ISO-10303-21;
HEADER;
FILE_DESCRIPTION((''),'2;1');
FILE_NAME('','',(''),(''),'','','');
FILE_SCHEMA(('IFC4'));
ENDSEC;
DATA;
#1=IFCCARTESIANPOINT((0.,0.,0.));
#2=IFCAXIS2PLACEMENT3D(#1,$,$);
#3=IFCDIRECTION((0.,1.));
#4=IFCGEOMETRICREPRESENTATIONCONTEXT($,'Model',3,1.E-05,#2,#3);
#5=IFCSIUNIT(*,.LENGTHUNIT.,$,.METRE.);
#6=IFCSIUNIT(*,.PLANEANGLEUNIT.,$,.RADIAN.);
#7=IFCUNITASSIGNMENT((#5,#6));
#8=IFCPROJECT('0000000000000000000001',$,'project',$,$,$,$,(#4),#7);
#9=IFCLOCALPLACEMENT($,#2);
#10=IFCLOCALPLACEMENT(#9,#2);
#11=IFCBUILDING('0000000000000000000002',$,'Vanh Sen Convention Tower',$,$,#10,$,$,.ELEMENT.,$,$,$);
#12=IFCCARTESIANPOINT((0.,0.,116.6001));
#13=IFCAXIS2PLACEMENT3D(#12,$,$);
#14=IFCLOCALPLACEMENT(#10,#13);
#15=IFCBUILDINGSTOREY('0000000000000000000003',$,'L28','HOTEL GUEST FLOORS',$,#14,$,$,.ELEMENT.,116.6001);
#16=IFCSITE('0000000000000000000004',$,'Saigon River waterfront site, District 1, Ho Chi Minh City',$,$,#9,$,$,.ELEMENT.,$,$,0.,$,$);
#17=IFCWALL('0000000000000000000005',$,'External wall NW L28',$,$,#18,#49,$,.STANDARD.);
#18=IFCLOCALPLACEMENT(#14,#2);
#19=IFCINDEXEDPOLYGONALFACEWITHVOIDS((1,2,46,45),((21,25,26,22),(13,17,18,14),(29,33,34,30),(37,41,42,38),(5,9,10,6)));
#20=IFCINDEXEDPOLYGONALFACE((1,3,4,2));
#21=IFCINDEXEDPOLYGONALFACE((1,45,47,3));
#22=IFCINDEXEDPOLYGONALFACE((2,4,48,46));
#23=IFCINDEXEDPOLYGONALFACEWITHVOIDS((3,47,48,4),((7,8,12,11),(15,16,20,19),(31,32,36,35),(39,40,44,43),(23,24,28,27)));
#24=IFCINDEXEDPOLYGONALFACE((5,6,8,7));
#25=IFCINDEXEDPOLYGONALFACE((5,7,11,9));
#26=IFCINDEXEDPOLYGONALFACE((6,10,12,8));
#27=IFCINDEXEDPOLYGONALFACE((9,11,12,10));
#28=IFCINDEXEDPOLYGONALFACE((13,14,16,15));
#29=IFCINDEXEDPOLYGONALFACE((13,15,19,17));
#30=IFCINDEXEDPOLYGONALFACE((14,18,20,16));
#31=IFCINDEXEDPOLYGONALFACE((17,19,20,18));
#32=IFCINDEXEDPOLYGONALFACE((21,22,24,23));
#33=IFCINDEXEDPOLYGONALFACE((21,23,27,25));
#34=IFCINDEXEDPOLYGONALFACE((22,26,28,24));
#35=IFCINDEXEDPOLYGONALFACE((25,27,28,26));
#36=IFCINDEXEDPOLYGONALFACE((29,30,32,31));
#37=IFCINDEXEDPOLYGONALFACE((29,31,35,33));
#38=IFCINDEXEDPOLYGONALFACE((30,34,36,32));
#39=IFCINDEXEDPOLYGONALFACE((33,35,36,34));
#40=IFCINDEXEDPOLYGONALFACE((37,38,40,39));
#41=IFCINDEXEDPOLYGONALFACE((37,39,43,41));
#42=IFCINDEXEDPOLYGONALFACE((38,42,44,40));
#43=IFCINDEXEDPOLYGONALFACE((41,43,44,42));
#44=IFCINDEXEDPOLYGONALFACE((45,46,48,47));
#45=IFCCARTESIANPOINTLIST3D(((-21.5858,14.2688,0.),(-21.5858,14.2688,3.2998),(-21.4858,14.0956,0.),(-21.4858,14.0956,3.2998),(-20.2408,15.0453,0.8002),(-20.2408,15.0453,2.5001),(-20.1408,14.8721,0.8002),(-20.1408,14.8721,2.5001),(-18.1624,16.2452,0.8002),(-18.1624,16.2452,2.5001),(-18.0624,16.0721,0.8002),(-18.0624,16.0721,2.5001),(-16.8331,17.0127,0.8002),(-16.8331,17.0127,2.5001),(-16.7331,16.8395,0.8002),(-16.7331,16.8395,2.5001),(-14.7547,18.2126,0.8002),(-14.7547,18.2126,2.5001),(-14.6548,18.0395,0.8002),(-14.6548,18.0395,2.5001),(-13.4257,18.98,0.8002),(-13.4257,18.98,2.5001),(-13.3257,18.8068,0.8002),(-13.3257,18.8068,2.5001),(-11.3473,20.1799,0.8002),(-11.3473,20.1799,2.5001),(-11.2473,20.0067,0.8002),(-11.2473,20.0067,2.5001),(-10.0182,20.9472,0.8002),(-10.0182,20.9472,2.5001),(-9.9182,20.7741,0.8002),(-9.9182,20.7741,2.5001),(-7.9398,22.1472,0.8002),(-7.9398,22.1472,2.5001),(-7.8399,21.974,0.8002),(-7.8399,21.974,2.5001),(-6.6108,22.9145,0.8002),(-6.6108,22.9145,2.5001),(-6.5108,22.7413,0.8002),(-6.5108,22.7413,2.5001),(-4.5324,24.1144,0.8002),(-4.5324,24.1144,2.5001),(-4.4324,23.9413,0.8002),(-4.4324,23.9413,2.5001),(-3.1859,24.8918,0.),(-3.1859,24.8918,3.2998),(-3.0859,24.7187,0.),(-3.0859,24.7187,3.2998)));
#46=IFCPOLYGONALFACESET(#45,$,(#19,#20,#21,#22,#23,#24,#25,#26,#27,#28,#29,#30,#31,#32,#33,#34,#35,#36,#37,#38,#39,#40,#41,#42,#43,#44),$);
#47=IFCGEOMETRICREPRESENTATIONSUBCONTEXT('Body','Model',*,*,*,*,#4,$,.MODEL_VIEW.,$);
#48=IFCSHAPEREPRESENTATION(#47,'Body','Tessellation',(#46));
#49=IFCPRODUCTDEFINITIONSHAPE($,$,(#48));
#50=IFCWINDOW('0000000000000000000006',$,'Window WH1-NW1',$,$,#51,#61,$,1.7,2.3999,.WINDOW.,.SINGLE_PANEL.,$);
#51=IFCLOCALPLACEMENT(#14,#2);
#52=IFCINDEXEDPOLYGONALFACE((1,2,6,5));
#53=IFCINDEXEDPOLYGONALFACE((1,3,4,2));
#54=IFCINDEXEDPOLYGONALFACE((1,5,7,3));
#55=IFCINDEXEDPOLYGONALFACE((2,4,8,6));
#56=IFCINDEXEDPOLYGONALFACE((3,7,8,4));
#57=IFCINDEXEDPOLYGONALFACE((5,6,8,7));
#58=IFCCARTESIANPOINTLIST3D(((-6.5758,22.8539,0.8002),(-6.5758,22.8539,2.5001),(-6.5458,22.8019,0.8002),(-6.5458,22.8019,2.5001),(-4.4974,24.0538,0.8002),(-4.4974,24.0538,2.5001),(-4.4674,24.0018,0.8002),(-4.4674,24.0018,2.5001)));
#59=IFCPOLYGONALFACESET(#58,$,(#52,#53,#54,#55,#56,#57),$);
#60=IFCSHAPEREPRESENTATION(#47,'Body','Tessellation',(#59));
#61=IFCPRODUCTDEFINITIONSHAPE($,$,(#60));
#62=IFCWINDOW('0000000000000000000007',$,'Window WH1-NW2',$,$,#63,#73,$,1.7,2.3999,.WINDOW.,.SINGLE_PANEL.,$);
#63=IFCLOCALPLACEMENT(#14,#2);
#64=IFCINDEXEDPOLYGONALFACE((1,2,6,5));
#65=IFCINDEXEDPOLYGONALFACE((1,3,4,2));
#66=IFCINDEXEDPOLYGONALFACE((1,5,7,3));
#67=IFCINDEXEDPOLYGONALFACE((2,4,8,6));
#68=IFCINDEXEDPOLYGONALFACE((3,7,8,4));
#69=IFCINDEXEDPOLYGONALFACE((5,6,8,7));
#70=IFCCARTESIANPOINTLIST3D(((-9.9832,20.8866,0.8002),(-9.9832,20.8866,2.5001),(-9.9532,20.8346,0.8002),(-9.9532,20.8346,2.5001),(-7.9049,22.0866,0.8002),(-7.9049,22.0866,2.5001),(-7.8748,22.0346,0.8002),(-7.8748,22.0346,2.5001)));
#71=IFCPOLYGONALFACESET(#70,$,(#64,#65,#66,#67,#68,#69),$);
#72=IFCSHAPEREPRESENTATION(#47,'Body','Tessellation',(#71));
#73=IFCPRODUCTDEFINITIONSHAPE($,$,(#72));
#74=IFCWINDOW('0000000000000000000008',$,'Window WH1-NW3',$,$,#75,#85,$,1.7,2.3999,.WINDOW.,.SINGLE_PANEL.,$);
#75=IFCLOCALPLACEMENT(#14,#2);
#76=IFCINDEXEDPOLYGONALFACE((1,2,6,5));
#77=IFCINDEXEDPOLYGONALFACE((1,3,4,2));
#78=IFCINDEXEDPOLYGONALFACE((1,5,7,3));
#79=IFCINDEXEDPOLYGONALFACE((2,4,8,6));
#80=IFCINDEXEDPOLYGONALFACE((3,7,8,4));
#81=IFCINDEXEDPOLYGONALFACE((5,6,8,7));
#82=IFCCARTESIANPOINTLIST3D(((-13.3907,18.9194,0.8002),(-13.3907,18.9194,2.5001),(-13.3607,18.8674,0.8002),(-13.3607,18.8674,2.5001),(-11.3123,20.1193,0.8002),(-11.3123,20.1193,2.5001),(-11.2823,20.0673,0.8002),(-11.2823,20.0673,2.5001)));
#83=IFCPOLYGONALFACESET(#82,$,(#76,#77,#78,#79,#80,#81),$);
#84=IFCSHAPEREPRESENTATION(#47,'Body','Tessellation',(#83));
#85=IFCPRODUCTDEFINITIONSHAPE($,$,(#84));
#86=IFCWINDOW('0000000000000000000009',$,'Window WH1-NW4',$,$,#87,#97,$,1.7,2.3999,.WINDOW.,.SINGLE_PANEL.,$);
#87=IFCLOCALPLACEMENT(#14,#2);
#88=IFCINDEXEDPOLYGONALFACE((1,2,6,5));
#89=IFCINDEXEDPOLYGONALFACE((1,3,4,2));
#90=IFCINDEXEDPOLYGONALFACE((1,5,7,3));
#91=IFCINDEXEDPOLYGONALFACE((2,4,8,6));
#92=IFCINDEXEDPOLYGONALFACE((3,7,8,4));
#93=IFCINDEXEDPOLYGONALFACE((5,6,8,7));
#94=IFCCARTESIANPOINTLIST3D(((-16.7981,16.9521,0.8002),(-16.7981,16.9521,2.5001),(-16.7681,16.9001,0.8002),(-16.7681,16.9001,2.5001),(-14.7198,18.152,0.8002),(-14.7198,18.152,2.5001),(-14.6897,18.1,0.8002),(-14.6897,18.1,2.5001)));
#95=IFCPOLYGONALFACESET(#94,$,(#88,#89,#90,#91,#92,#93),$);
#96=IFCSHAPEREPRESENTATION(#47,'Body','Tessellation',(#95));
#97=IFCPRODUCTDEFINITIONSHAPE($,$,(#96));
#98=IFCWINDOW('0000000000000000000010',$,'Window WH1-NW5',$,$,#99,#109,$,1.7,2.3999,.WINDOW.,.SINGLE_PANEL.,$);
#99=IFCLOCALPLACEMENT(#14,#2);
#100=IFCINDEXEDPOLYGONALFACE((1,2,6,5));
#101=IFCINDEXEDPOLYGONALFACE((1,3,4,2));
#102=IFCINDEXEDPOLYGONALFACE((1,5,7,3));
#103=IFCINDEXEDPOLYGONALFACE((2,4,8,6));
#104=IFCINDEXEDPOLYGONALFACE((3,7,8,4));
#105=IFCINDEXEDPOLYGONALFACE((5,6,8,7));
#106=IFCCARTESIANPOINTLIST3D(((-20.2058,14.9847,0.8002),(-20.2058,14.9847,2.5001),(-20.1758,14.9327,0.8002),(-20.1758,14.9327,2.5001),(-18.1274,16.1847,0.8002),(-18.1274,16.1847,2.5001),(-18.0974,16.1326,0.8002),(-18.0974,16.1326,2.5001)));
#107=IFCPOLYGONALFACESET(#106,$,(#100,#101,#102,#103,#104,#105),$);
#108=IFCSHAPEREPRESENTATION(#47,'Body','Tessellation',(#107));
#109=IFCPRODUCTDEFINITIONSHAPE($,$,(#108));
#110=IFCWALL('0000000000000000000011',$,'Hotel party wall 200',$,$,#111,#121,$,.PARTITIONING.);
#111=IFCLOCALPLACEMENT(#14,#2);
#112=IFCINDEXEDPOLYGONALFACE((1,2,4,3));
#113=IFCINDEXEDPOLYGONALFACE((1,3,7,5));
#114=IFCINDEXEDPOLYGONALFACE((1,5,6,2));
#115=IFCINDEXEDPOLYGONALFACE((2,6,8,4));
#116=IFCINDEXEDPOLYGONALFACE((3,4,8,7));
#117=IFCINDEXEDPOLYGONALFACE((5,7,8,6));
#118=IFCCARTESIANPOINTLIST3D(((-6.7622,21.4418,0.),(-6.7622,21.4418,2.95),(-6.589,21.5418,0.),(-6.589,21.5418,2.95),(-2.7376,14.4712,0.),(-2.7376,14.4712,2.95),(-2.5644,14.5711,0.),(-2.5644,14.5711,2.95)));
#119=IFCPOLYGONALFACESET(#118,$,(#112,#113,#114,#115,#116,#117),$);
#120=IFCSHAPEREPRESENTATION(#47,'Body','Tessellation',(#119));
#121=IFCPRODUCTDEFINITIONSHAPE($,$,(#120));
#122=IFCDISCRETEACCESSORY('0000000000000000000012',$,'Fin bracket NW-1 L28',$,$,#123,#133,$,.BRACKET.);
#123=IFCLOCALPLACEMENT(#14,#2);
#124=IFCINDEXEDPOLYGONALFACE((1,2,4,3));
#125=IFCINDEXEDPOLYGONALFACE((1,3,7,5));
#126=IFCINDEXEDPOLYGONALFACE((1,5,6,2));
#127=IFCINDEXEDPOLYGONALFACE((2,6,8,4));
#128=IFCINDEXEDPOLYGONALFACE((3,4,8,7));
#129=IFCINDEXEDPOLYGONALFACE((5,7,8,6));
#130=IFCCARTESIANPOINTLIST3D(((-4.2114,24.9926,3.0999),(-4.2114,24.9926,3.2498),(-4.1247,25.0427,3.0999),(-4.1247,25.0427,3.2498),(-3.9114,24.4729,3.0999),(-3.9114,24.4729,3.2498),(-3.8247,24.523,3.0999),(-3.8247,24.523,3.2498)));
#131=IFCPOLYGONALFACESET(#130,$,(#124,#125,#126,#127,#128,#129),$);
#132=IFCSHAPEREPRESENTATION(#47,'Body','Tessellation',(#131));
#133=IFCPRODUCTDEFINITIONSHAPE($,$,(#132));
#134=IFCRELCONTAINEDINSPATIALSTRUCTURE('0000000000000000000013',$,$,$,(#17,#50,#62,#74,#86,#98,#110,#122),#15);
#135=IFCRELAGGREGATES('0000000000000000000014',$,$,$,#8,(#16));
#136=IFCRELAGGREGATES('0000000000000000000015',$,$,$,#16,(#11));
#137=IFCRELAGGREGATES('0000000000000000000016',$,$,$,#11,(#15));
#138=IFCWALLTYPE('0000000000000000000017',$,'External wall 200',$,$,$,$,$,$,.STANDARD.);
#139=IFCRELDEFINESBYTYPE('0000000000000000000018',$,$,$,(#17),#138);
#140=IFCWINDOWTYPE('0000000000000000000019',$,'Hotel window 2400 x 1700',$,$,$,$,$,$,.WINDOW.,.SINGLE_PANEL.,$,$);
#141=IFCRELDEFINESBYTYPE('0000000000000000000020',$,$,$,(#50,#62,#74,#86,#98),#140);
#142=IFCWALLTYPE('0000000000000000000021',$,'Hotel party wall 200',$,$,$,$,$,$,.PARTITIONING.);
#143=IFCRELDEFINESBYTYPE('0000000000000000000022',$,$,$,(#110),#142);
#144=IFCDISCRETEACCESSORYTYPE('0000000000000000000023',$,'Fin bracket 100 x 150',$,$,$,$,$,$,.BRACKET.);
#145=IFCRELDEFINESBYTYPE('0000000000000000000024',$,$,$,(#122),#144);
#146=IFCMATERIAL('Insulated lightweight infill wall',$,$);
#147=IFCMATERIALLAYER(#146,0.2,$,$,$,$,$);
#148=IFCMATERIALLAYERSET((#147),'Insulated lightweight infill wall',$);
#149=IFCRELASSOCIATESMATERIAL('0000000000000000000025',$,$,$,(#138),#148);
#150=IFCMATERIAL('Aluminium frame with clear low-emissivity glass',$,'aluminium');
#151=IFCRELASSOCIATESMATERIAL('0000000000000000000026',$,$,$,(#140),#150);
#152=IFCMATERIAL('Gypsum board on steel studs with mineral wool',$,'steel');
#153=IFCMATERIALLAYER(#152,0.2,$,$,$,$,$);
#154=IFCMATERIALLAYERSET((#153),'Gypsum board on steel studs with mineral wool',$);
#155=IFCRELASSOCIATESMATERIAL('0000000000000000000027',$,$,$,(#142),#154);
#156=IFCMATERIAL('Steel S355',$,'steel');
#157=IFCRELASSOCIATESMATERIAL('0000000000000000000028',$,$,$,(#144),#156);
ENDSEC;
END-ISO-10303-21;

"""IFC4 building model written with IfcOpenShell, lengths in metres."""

from ifc_helpers import new_model, si_unit, direction, frame, frame_2d, origin, origin_2d, place, context, subcontext, project, spatial, rectangle, extrude, material, layer, layer_set, type_object, element, fill, save


model = new_model("IFC4")

# Units and contexts
model_context = context("Model", 3, precision=1e-05, world=origin(), true_north=direction((0.0, 1.0)))
body_context = subcontext(model_context, "Body", "Model", "MODEL_VIEW")
ifc_project = project(units=[si_unit("LENGTHUNIT", "METRE"), si_unit("PLANEANGLEUNIT", "RADIAN")], contexts=[model_context])

# Site, building, storey
site_placement = place(None, origin())
site = spatial("IfcSite", under=ifc_project, at=site_placement, Name="Saigon River waterfront site, District 1, Ho Chi Minh City", CompositionType="ELEMENT", RefElevation=0.0)
building_placement = place(site_placement, origin())
building = spatial("IfcBuilding", under=site, at=building_placement, Name="Vanh Sen Convention Tower", CompositionType="ELEMENT")
storey_placement = place(building_placement, frame((0.0, 0.0, 116.6001)))
storey = spatial("IfcBuildingStorey", under=building, at=storey_placement, Name="L28", Description="HOTEL GUEST FLOORS", CompositionType="ELEMENT", Elevation=116.6001)

# Shared definitions
ifc_material_1 = material(Name="Gypsum board on steel studs with mineral wool", Category="steel")

# Wall, openings, windows
ifc_material_2 = material(Name="Insulated lightweight infill wall")
ifc_layer_1 = layer(ifc_material_2, 0.2)
ifc_layer_set_1 = layer_set([ifc_layer_1], Name="Insulated lightweight infill wall")
wall_type_1 = type_object("IfcWallType", Name="External wall 200", PredefinedType="STANDARD", material=ifc_layer_set_1)
wall_1_placement = place(storey_placement, frame((-3.136, 24.8052, 0.0), z_axis=(0.0, 0.0, 1.0), x_axis=(-0.866028, -0.499995, 0.0)))
wall_1 = element("IfcWall", 1, at=wall_1_placement, inside=storey, type_object=wall_type_1, Name="External wall NW L28", PredefinedType="STANDARD", context=body_context, shape_type="SweptSolid", body=[
    extrude(rectangle(XDim=21.2463, YDim=0.2, at=frame_2d((10.623, 0.0))), origin(), (0.0, 0.0, 1.0), 3.2998),
])
opening_1_placement = place(wall_1_placement, frame((1.5547, 0.0, 0.8)))
opening_1 = element("IfcOpeningElement", 2, at=opening_1_placement, cuts=wall_1, PredefinedType="OPENING", context=body_context, shape_type="SweptSolid", body=[
    extrude(rectangle(XDim=2.3999, YDim=1.7, at=frame_2d((1.2, 0.8501))), frame((0.0, 0.1099, 0.0), z_axis=(0.0, -1.0, 0.0), x_axis=(1.0, 0.0, 0.0)), (0.0, 0.0, 1.0), 0.22),
])
opening_2_placement = place(wall_1_placement, frame((5.4893, 0.0, 0.8)))
opening_2 = element("IfcOpeningElement", 3, at=opening_2_placement, cuts=wall_1, PredefinedType="OPENING", context=body_context, shape_type="SweptSolid", body=[
    extrude(rectangle(XDim=2.3999, YDim=1.7, at=frame_2d((1.2, 0.8501))), frame((0.0, 0.1099, 0.0), z_axis=(0.0, -1.0, 0.0), x_axis=(1.0, 0.0, 0.0)), (0.0, 0.0, 1.0), 0.22),
])
opening_3_placement = place(wall_1_placement, frame((9.4238, 0.0, 0.8)))
opening_3 = element("IfcOpeningElement", 4, at=opening_3_placement, cuts=wall_1, PredefinedType="OPENING", context=body_context, shape_type="SweptSolid", body=[
    extrude(rectangle(XDim=2.3999, YDim=1.7, at=frame_2d((1.2, 0.8501))), frame((0.0, 0.1099, 0.0), z_axis=(0.0, -1.0, 0.0), x_axis=(1.0, 0.0, 0.0)), (0.0, 0.0, 1.0), 0.22),
])
opening_4_placement = place(wall_1_placement, frame((13.3584, 0.0, 0.8)))
opening_4 = element("IfcOpeningElement", 5, at=opening_4_placement, cuts=wall_1, PredefinedType="OPENING", context=body_context, shape_type="SweptSolid", body=[
    extrude(rectangle(XDim=2.3999, YDim=1.7, at=frame_2d((1.2, 0.8501))), frame((0.0, 0.1099, 0.0), z_axis=(0.0, -1.0, 0.0), x_axis=(1.0, 0.0, 0.0)), (0.0, 0.0, 1.0), 0.22),
])
opening_5_placement = place(wall_1_placement, frame((17.2932, 0.0, 0.8)))
opening_5 = element("IfcOpeningElement", 6, at=opening_5_placement, cuts=wall_1, PredefinedType="OPENING", context=body_context, shape_type="SweptSolid", body=[
    extrude(rectangle(XDim=2.3999, YDim=1.7, at=frame_2d((1.2, 0.8501))), frame((0.0, 0.1099, 0.0), z_axis=(0.0, -1.0, 0.0), x_axis=(1.0, 0.0, 0.0)), (0.0, 0.0, 1.0), 0.22),
])
ifc_material_3 = material(Name="Aluminium frame with clear low-emissivity glass", Category="aluminium")
window_type = type_object("IfcWindowType", Name="Hotel window 2400 x 1700", PartitioningType="SINGLE_PANEL", PredefinedType="WINDOW", material=ifc_material_3)
window_1_placement = place(opening_1_placement, origin())
window_1 = element("IfcWindow", 7, at=window_1_placement, inside=storey, type_object=window_type, Name="Window WH1-NW1", OverallHeight=1.7, OverallWidth=2.3999, PartitioningType="SINGLE_PANEL", PredefinedType="WINDOW", context=body_context, shape_type="SweptSolid", body=[
    extrude(rectangle(XDim=2.3999, YDim=1.7, at=frame_2d((1.2, 0.8501))), frame((0.0, 0.03, 0.0), z_axis=(0.0, -1.0, 0.0), x_axis=(1.0, 0.0, 0.0)), (0.0, 0.0, 1.0), 0.0601),
])
fill(opening_1, window_1)
window_2_placement = place(opening_2_placement, origin())
window_2 = element("IfcWindow", 8, at=window_2_placement, inside=storey, type_object=window_type, Name="Window WH1-NW2", OverallHeight=1.7, OverallWidth=2.3999, PartitioningType="SINGLE_PANEL", PredefinedType="WINDOW", context=body_context, shape_type="SweptSolid", body=[
    extrude(rectangle(XDim=2.3999, YDim=1.7, at=frame_2d((1.2, 0.8501))), frame((0.0, 0.03, 0.0), z_axis=(0.0, -1.0, 0.0), x_axis=(1.0, 0.0, 0.0)), (0.0, 0.0, 1.0), 0.0601),
])
fill(opening_2, window_2)
window_3_placement = place(opening_3_placement, origin())
window_3 = element("IfcWindow", 9, at=window_3_placement, inside=storey, type_object=window_type, Name="Window WH1-NW3", OverallHeight=1.7, OverallWidth=2.3999, PartitioningType="SINGLE_PANEL", PredefinedType="WINDOW", context=body_context, shape_type="SweptSolid", body=[
    extrude(rectangle(XDim=2.3999, YDim=1.7, at=frame_2d((1.2, 0.8501))), frame((0.0, 0.03, 0.0), z_axis=(0.0, -1.0, 0.0), x_axis=(1.0, 0.0, 0.0)), (0.0, 0.0, 1.0), 0.0601),
])
fill(opening_3, window_3)
window_4_placement = place(opening_4_placement, origin())
window_4 = element("IfcWindow", 10, at=window_4_placement, inside=storey, type_object=window_type, Name="Window WH1-NW4", OverallHeight=1.7, OverallWidth=2.3999, PartitioningType="SINGLE_PANEL", PredefinedType="WINDOW", context=body_context, shape_type="SweptSolid", body=[
    extrude(rectangle(XDim=2.3999, YDim=1.7, at=frame_2d((1.2, 0.8501))), frame((0.0, 0.03, 0.0), z_axis=(0.0, -1.0, 0.0), x_axis=(1.0, 0.0, 0.0)), (0.0, 0.0, 1.0), 0.0601),
])
fill(opening_4, window_4)
window_5_placement = place(opening_5_placement, origin())
window_5 = element("IfcWindow", 11, at=window_5_placement, inside=storey, type_object=window_type, Name="Window WH1-NW5", OverallHeight=1.7, OverallWidth=2.3999, PartitioningType="SINGLE_PANEL", PredefinedType="WINDOW", context=body_context, shape_type="SweptSolid", body=[
    extrude(rectangle(XDim=2.3999, YDim=1.7, at=frame_2d((1.2, 0.8501))), frame((0.0, 0.03, 0.0), z_axis=(0.0, -1.0, 0.0), x_axis=(1.0, 0.0, 0.0)), (0.0, 0.0, 1.0), 0.0601),
])
fill(opening_5, window_5)

# Wall
ifc_layer_2 = layer(ifc_material_1, 0.2)
ifc_layer_set_2 = layer_set([ifc_layer_2], Name="Gypsum board on steel studs with mineral wool")
wall_type_2 = type_object("IfcWallType", Name="Hotel party wall 200", PredefinedType="PARTITIONING", material=ifc_layer_set_2)
wall_2_placement = place(storey_placement, frame((-6.6755, 21.4917, 0.0), z_axis=(0.0, 0.0, 1.0), x_axis=(0.500011, -0.866019, 0.0)))
element("IfcWall", 12, at=wall_2_placement, inside=storey, type_object=wall_type_2, Name="Hotel party wall 200", PredefinedType="PARTITIONING", context=body_context, shape_type="SweptSolid", body=[
    extrude(rectangle(XDim=8.0491, YDim=0.2, at=frame_2d((4.0244, 0.0))), origin(), (0.0, 0.0, 1.0), 2.95),
])

# Discrete accessory
ifc_material_4 = material(Name="Steel S355", Category="steel")
discrete_accessory_type = type_object("IfcDiscreteAccessoryType", Name="Fin bracket 100 x 150", PredefinedType="BRACKET", material=ifc_material_4)
discrete_accessory_placement = place(storey_placement, frame((-4.0181, 24.7578, 3.0999), z_axis=(0.0, 0.0, 1.0), x_axis=(-0.5, 0.866025, 0.0)))
element("IfcDiscreteAccessory", 13, at=discrete_accessory_placement, inside=storey, type_object=discrete_accessory_type, Name="Fin bracket NW-1 L28", PredefinedType="BRACKET", context=body_context, shape_type="SweptSolid", body=[
    extrude(rectangle(XDim=0.6001, YDim=0.1001, at=origin_2d()), origin(), (0.0, 0.0, 1.0), 0.1499),
])

save(model, "model.ifc")
